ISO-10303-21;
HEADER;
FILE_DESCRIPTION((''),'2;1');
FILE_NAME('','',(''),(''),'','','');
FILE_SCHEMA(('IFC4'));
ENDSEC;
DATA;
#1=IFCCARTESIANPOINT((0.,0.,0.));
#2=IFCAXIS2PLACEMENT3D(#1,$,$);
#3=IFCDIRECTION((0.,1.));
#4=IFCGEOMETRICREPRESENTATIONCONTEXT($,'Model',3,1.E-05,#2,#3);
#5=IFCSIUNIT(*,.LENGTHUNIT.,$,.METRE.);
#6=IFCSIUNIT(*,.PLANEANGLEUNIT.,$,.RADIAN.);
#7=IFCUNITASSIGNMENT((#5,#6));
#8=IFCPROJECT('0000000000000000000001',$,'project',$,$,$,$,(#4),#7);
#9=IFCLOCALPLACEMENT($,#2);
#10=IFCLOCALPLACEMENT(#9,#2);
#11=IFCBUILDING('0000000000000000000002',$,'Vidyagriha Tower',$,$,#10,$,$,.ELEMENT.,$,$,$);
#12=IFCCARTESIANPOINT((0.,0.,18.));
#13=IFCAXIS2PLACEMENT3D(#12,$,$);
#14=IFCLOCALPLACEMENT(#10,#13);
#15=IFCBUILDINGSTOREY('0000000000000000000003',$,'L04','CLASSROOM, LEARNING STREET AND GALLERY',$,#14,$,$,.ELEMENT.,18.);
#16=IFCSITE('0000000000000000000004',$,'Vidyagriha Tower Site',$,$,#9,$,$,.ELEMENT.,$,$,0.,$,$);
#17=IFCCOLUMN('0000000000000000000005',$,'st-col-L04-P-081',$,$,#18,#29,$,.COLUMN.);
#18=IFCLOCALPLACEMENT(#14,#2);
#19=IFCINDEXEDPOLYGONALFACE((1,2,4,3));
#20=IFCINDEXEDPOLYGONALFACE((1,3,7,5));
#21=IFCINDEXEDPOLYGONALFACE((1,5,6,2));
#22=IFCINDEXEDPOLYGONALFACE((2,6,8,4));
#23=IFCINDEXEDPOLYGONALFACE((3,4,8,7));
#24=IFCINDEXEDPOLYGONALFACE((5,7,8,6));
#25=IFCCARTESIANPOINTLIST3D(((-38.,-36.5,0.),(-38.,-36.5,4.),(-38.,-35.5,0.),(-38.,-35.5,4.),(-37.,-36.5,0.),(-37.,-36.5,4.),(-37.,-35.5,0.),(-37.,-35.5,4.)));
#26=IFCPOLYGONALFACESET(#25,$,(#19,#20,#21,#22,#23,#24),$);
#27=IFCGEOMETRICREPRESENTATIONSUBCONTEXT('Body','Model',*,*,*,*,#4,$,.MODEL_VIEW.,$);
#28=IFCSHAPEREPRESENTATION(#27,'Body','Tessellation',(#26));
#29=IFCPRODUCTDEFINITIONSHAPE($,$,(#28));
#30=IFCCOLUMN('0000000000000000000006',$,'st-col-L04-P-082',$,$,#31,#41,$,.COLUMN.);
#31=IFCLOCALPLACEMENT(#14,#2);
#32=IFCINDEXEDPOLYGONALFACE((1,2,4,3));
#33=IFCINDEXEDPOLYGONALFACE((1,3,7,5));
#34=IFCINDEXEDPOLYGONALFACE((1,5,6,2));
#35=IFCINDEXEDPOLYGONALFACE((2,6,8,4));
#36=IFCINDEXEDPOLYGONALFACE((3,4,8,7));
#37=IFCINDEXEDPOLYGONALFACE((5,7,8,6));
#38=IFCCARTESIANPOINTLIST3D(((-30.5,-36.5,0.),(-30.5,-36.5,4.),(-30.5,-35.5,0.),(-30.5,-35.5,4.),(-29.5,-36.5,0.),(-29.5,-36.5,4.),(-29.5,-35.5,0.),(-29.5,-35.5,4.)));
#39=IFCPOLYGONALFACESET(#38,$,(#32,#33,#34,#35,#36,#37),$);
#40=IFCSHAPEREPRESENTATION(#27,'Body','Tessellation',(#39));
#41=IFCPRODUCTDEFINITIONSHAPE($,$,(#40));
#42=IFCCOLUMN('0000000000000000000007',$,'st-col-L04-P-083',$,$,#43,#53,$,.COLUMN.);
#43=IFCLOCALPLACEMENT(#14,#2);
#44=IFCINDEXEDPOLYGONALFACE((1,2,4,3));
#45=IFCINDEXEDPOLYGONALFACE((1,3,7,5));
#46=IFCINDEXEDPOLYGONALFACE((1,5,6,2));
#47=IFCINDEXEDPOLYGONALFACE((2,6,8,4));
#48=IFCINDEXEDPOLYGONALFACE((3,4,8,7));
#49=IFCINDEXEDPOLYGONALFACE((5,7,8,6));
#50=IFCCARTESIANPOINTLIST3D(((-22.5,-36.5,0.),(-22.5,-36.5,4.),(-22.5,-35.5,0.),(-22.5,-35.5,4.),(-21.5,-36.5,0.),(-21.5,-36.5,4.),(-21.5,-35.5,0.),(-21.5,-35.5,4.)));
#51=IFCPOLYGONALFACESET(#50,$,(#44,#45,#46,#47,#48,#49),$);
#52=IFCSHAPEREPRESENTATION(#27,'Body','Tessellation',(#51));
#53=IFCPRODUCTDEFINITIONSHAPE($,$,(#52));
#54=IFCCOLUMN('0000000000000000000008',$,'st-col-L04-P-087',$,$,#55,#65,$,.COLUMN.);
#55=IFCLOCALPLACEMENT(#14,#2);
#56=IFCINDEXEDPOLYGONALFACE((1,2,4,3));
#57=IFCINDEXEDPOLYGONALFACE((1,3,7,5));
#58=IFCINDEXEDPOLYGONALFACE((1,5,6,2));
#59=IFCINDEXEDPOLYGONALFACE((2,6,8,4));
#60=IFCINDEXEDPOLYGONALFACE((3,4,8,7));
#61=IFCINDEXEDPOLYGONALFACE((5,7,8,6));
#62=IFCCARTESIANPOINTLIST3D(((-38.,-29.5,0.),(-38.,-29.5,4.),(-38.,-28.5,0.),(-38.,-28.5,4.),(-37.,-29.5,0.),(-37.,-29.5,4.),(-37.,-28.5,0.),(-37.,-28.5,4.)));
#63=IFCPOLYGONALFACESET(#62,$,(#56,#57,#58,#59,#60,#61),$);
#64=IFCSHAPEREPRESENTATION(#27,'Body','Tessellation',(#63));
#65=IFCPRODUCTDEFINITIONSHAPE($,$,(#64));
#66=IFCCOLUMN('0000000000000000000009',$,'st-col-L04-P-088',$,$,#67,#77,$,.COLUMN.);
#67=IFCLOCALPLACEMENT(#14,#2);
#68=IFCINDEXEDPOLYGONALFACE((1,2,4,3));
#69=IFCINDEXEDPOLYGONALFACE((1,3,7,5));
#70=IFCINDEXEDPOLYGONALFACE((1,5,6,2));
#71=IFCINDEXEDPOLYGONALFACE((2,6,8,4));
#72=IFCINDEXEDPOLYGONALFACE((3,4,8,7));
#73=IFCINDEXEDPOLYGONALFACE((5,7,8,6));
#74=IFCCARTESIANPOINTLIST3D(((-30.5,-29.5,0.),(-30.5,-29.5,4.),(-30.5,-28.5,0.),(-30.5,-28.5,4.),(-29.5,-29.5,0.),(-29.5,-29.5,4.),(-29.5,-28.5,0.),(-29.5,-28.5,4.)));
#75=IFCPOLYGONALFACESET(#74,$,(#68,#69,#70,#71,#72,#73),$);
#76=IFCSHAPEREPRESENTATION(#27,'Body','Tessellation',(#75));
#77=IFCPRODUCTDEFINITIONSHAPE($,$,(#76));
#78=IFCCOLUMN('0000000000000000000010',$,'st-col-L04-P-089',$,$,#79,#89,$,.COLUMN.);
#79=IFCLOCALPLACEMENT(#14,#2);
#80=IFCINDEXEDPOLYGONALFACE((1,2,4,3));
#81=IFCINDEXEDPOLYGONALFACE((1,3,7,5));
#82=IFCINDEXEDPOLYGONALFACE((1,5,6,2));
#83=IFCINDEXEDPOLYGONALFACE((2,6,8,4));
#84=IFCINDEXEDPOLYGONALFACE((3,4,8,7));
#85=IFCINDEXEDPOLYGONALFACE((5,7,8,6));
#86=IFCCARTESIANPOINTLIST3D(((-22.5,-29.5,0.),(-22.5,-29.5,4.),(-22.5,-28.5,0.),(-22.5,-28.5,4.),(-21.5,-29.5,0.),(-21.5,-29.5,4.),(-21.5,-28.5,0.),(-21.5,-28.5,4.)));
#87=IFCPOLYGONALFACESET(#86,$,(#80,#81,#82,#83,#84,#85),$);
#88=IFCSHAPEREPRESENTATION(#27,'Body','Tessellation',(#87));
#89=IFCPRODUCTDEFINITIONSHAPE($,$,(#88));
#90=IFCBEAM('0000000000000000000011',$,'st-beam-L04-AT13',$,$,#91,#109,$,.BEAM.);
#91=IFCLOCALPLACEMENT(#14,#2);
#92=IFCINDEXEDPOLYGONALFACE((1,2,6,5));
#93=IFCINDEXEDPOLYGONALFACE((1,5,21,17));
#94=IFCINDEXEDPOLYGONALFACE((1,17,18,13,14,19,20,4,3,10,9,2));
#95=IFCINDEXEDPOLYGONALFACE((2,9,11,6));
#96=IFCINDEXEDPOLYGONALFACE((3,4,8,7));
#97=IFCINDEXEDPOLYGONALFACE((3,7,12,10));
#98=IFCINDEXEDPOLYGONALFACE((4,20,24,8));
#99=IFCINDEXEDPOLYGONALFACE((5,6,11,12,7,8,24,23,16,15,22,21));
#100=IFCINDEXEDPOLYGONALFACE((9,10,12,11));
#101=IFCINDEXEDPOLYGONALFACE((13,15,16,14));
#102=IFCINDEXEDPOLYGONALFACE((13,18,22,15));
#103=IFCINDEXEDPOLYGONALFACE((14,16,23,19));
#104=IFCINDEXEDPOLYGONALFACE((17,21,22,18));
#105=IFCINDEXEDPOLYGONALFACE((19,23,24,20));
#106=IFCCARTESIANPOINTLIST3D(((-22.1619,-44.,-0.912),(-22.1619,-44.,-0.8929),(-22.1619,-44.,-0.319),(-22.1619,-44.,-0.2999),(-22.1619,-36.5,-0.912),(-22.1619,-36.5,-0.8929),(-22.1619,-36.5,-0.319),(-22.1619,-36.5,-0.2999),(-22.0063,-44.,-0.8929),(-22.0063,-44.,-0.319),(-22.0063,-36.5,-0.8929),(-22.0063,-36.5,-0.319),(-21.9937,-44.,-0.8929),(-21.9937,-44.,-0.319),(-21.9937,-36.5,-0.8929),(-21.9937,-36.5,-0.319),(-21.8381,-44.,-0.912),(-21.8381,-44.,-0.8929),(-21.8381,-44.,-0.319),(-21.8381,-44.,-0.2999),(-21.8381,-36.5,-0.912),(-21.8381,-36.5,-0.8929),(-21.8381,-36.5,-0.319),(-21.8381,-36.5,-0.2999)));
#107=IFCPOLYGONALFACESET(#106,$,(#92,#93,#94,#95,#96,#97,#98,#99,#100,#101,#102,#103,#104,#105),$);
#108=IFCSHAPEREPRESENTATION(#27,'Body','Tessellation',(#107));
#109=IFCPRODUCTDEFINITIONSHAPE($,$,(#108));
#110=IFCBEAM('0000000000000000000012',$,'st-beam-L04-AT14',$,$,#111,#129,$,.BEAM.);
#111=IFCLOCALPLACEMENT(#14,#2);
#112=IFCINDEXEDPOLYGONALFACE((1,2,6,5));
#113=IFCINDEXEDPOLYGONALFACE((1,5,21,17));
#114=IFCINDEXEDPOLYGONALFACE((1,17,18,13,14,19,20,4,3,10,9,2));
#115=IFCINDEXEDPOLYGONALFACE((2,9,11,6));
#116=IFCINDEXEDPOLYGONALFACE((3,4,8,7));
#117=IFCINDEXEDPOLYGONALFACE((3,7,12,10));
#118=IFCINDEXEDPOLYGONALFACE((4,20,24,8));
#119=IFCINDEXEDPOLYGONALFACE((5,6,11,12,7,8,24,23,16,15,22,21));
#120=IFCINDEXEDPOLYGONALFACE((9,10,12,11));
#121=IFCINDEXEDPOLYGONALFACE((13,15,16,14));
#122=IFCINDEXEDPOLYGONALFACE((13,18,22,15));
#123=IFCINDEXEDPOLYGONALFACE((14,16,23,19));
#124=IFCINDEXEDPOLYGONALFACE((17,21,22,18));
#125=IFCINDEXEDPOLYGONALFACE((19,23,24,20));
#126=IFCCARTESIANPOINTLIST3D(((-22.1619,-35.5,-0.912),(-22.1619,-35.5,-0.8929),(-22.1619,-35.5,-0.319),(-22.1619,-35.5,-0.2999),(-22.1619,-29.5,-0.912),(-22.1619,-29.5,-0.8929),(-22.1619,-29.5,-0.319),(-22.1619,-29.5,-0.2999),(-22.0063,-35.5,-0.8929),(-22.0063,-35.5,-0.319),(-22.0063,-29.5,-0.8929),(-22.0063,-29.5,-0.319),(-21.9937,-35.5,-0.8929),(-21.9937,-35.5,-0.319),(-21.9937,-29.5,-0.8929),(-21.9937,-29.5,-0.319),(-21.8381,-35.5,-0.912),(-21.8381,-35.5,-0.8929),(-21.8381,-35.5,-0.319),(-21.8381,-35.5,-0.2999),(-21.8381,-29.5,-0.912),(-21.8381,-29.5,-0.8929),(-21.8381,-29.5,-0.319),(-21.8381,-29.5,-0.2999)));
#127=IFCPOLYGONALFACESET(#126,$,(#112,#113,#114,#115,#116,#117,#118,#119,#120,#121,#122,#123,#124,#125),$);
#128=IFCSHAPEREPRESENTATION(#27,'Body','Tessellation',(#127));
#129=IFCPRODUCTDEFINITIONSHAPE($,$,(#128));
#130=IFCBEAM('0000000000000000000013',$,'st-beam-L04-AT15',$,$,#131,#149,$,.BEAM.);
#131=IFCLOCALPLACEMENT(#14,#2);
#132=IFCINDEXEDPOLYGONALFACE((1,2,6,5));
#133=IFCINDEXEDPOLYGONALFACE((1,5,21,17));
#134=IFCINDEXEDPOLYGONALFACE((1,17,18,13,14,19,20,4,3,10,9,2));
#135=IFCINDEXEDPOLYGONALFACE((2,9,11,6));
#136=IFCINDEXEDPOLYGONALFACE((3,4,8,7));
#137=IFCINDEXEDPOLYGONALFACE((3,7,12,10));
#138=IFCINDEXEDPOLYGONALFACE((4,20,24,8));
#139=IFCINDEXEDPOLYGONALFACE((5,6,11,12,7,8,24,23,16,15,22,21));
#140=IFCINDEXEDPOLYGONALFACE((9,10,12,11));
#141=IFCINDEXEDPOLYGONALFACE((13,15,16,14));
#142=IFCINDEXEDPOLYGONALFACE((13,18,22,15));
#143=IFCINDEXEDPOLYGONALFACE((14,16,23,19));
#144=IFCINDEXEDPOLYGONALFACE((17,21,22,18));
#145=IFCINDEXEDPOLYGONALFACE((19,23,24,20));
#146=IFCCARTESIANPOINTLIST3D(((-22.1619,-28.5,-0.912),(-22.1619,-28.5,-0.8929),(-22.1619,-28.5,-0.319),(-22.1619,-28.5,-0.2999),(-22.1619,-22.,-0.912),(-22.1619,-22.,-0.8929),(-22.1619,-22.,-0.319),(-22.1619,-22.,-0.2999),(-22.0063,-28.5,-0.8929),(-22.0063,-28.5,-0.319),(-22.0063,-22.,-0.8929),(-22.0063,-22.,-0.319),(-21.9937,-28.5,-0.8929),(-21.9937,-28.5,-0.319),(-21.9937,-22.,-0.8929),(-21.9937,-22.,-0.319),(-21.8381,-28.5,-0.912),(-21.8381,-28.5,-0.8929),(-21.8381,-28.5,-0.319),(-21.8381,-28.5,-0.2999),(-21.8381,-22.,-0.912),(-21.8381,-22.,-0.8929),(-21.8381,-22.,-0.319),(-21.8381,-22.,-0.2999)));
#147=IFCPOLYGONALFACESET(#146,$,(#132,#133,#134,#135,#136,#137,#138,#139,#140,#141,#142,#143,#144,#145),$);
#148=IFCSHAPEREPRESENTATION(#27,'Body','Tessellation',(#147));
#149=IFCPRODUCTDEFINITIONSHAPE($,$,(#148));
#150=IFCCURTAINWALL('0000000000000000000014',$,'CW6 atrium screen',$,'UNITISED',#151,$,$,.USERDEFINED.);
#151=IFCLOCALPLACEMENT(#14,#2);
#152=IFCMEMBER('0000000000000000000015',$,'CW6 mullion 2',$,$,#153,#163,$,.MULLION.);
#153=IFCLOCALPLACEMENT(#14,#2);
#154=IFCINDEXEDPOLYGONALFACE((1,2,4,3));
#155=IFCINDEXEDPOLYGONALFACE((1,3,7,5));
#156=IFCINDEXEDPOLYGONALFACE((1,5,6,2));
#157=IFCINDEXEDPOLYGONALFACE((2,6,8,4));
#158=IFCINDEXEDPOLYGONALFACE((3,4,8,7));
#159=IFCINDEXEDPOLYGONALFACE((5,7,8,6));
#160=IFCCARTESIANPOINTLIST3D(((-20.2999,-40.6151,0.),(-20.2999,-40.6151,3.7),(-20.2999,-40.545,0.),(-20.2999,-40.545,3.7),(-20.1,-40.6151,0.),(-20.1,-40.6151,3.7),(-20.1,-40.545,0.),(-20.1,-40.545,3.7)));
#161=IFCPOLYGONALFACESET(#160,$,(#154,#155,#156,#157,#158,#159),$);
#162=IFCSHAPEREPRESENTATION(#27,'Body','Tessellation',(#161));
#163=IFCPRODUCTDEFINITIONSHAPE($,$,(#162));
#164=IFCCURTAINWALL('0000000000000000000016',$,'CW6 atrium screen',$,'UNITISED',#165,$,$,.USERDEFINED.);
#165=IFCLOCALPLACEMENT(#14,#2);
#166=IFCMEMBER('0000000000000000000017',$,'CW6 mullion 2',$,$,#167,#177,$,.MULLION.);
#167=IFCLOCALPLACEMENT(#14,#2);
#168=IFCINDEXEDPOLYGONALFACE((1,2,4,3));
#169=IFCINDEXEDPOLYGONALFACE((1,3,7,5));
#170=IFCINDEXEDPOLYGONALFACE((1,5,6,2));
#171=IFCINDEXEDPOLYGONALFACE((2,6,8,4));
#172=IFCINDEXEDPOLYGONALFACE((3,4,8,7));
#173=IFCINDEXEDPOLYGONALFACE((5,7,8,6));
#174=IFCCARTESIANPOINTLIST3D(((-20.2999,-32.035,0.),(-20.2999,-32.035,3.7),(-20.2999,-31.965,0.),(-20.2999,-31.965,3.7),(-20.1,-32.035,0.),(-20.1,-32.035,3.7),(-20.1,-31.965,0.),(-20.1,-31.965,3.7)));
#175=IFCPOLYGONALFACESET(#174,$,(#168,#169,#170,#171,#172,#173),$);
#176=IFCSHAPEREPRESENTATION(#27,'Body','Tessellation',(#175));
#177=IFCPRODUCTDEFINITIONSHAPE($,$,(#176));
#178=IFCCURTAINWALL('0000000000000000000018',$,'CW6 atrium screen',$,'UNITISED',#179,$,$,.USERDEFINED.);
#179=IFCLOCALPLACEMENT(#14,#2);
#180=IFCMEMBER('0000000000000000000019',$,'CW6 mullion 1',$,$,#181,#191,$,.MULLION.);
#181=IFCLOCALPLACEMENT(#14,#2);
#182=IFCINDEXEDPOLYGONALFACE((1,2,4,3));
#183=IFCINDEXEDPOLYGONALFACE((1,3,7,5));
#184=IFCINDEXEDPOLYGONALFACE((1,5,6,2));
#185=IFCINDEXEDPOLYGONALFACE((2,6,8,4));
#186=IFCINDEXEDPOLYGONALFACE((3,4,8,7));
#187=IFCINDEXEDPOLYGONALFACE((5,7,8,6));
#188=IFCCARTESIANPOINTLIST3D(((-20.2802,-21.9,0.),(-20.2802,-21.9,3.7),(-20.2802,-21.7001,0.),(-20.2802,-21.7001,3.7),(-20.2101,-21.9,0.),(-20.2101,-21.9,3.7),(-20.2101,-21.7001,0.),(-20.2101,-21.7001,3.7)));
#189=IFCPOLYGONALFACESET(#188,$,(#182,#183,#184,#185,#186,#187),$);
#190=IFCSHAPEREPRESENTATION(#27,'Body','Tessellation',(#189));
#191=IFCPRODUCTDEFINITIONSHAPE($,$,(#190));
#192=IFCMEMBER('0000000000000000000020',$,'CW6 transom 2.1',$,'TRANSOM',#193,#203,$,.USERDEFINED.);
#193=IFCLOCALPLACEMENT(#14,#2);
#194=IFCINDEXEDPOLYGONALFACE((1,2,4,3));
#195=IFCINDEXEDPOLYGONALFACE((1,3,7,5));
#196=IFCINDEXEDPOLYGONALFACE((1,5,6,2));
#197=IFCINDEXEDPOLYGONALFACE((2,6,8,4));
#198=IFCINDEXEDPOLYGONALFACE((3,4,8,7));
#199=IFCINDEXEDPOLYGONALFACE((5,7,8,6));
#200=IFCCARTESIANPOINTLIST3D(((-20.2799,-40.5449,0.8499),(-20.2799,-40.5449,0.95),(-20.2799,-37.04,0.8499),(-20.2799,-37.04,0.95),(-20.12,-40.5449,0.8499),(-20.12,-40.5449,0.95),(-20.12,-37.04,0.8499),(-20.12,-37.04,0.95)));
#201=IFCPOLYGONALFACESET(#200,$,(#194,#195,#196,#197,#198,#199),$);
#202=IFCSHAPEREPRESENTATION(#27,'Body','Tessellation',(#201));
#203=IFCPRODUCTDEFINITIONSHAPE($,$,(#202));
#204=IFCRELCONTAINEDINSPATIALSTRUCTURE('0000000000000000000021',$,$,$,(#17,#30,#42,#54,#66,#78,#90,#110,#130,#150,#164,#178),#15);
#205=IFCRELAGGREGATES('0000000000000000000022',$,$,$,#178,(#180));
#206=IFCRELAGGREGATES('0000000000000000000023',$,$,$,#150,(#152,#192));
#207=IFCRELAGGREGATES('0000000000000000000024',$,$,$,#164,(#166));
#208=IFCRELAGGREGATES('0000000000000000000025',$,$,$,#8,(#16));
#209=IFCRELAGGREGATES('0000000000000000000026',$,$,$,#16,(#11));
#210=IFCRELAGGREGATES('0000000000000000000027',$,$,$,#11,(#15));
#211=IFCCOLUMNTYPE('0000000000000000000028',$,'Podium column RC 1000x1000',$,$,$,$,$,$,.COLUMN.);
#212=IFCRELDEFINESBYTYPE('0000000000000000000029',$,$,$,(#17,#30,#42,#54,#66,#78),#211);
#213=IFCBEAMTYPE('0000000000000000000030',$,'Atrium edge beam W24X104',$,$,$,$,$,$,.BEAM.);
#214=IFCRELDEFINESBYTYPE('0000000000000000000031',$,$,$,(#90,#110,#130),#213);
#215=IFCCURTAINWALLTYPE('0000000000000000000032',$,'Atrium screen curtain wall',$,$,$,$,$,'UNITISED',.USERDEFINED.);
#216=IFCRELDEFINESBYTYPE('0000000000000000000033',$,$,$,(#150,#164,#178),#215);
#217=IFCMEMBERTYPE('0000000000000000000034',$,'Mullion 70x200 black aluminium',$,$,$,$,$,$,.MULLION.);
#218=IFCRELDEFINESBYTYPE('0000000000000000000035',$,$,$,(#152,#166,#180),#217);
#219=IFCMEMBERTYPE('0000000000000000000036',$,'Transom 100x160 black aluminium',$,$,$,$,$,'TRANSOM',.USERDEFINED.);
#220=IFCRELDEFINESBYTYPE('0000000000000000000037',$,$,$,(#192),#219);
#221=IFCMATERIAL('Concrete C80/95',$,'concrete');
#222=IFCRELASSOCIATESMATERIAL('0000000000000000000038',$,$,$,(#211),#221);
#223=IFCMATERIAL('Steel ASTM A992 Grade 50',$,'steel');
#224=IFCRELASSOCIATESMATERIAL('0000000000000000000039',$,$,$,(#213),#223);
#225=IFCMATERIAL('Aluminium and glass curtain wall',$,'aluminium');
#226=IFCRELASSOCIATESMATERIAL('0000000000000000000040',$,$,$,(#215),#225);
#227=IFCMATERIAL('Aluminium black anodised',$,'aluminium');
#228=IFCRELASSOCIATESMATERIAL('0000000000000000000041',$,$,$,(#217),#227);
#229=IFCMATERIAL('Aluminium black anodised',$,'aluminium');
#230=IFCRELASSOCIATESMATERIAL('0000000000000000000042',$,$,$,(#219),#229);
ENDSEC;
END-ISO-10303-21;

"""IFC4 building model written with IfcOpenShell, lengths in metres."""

from ifc_helpers import new_model, si_unit, direction, frame, origin, origin_2d, place, context, subcontext, project, spatial, rectangle, i_section, extrude, material, material_profile, profile_set, type_object, element, aggregate, save


model = new_model("IFC4")

# Units and contexts
model_context = context("Model", 3, precision=1e-05, world=origin(), true_north=direction((0.0, 1.0)))
body_context = subcontext(model_context, "Body", "Model", "MODEL_VIEW")
ifc_project = project(units=[si_unit("LENGTHUNIT", "METRE"), si_unit("PLANEANGLEUNIT", "RADIAN")], contexts=[model_context])

# Site, building, storey
site_placement = place(None, origin())
site = spatial("IfcSite", under=ifc_project, at=site_placement, Name="Vidyagriha Tower Site", CompositionType="ELEMENT", RefElevation=0.0)
building_placement = place(site_placement, origin())
building = spatial("IfcBuilding", under=site, at=building_placement, Name="Vidyagriha Tower", CompositionType="ELEMENT")
storey_placement = place(building_placement, frame((0.0, 0.0, 18.0)))
storey = spatial("IfcBuildingStorey", under=building, at=storey_placement, Name="L04", Description="CLASSROOM, LEARNING STREET AND GALLERY", CompositionType="ELEMENT", Elevation=18.0)

# Columns
ifc_material_1 = material(Name="Concrete C80/95", Category="concrete")
ifc_material_profile_1 = material_profile(ifc_material_1, rectangle(XDim=1.0, YDim=1.0, at=origin_2d()), Name="RC 1000x1000")
ifc_profile_set_1 = profile_set([ifc_material_profile_1], Name="Concrete C80/95")
column_type = type_object("IfcColumnType", Name="Podium column RC 1000x1000", PredefinedType="COLUMN", material=ifc_profile_set_1)
for number, where, name in (
    (1, (-37.5, -36.0, 0.0), "st-col-L04-P-081"),
    (2, (-30.0, -36.0, 0.0), "st-col-L04-P-082"),
    (3, (-22.0, -36.0, 0.0), "st-col-L04-P-083"),
    (4, (-37.5, -29.0, 0.0), "st-col-L04-P-087"),
    (5, (-30.0, -29.0, 0.0), "st-col-L04-P-088"),
    (6, (-22.0, -29.0, 0.0), "st-col-L04-P-089"),
):
    element("IfcColumn", number, at=place(storey_placement, frame(where)), inside=storey, type_object=column_type, Name=name, PredefinedType="COLUMN", context=body_context, shape_type="SweptSolid", body=[
        extrude(rectangle(XDim=1.0, YDim=1.0, at=origin_2d()), origin(), (0.0, 0.0, 1.0), 4.0),
    ])

# Beams
ifc_material_2 = material(Name="Steel ASTM A992 Grade 50", Category="steel")
ifc_material_profile_2 = material_profile(ifc_material_2, i_section(OverallWidth=0.3237, OverallDepth=0.6121, WebThickness=0.0127, FlangeThickness=0.019, at=origin_2d()), Name="W24X104")
ifc_profile_set_2 = profile_set([ifc_material_profile_2], Name="Steel ASTM A992 Grade 50")
beam_type = type_object("IfcBeamType", Name="Atrium edge beam W24X104", PredefinedType="BEAM", material=ifc_profile_set_2)
beam_1_placement = place(storey_placement, frame((-22.0, -44.0, -0.606), z_axis=(0.0, 1.0, 0.0), x_axis=(-1.0, 0.0, 0.0)))
element("IfcBeam", 7, at=beam_1_placement, inside=storey, type_object=beam_type, Name="st-beam-L04-AT13", PredefinedType="BEAM", context=body_context, shape_type="SweptSolid", body=[
    extrude(i_section(OverallWidth=0.3237, OverallDepth=0.6121, WebThickness=0.0127, FlangeThickness=0.019, at=origin_2d()), origin(), (0.0, 0.0, 1.0), 7.5),
])
beam_2_placement = place(storey_placement, frame((-22.0, -35.5, -0.606), z_axis=(0.0, 1.0, 0.0), x_axis=(-1.0, 0.0, 0.0)))
element("IfcBeam", 8, at=beam_2_placement, inside=storey, type_object=beam_type, Name="st-beam-L04-AT14", PredefinedType="BEAM", context=body_context, shape_type="SweptSolid", body=[
    extrude(i_section(OverallWidth=0.3237, OverallDepth=0.6121, WebThickness=0.0127, FlangeThickness=0.019, at=origin_2d()), origin(), (0.0, 0.0, 1.0), 6.0),
])
beam_3_placement = place(storey_placement, frame((-22.0, -28.5, -0.606), z_axis=(0.0, 1.0, 0.0), x_axis=(-1.0, 0.0, 0.0)))
element("IfcBeam", 9, at=beam_3_placement, inside=storey, type_object=beam_type, Name="st-beam-L04-AT15", PredefinedType="BEAM", context=body_context, shape_type="SweptSolid", body=[
    extrude(i_section(OverallWidth=0.3237, OverallDepth=0.6121, WebThickness=0.0127, FlangeThickness=0.019, at=origin_2d()), origin(), (0.0, 0.0, 1.0), 6.5),
])

# Curtain walls, members
ifc_material_3 = material(Name="Aluminium and glass curtain wall", Category="aluminium")
curtain_wall_type = type_object("IfcCurtainWallType", Name="Atrium screen curtain wall", ElementType="UNITISED", PredefinedType="USERDEFINED", material=ifc_material_3)
curtain_wall_1_placement = place(storey_placement, origin())
curtain_wall_1 = element("IfcCurtainWall", 10, at=curtain_wall_1_placement, inside=storey, type_object=curtain_wall_type, Name="CW6 atrium screen", ObjectType="UNITISED", PredefinedType="USERDEFINED")
ifc_material_4 = material(Name="Aluminium black anodised", Category="aluminium")
ifc_material_profile_3 = material_profile(ifc_material_4, rectangle(XDim=0.2, YDim=0.0701, at=origin_2d()), Name="Mullion 70x200 black aluminium")
ifc_profile_set_3 = profile_set([ifc_material_profile_3], Name="Aluminium black anodised")
member_type_1 = type_object("IfcMemberType", Name="Mullion 70x200 black aluminium", PredefinedType="MULLION", material=ifc_profile_set_3)
member_1_placement = place(storey_placement, frame((-20.2, -40.5801, 0.0), z_axis=(0.0, 0.0, 1.0), x_axis=(-1.0, 0.0, 0.0)))
member_1 = element("IfcMember", 11, at=member_1_placement, type_object=member_type_1, Name="CW6 mullion 2", PredefinedType="MULLION", context=body_context, shape_type="SweptSolid", body=[
    extrude(rectangle(XDim=0.2, YDim=0.0701, at=origin_2d()), origin(), (0.0, 0.0, 1.0), 3.7),
])
curtain_wall_2_placement = place(storey_placement, origin())
curtain_wall_2 = element("IfcCurtainWall", 12, at=curtain_wall_2_placement, inside=storey, type_object=curtain_wall_type, Name="CW6 atrium screen", ObjectType="UNITISED", PredefinedType="USERDEFINED")
member_2_placement = place(storey_placement, frame((-20.2, -32.0, 0.0), z_axis=(0.0, 0.0, 1.0), x_axis=(-1.0, 0.0, 0.0)))
member_2 = element("IfcMember", 13, at=member_2_placement, type_object=member_type_1, Name="CW6 mullion 2", PredefinedType="MULLION", context=body_context, shape_type="SweptSolid", body=[
    extrude(rectangle(XDim=0.2, YDim=0.0701, at=origin_2d()), origin(), (0.0, 0.0, 1.0), 3.7),
])
curtain_wall_3_placement = place(storey_placement, origin())
curtain_wall_3 = element("IfcCurtainWall", 14, at=curtain_wall_3_placement, inside=storey, type_object=curtain_wall_type, Name="CW6 atrium screen", ObjectType="UNITISED", PredefinedType="USERDEFINED")
member_3_placement = place(storey_placement, frame((-20.2451, -21.8, 0.0), z_axis=(0.0, 0.0, 1.0), x_axis=(0.0, 1.0, 0.0)))
member_3 = element("IfcMember", 15, at=member_3_placement, type_object=member_type_1, Name="CW6 mullion 1", PredefinedType="MULLION", context=body_context, shape_type="SweptSolid", body=[
    extrude(rectangle(XDim=0.2, YDim=0.0701, at=origin_2d()), origin(), (0.0, 0.0, 1.0), 3.7),
])

# Member
ifc_material_5 = material(Name="Aluminium black anodised", Category="aluminium")
ifc_material_profile_4 = material_profile(ifc_material_5, rectangle(XDim=0.1599, YDim=0.1001, at=origin_2d()), Name="Transom 100x160 black aluminium")
ifc_profile_set_4 = profile_set([ifc_material_profile_4], Name="Aluminium black anodised")
member_type_2 = type_object("IfcMemberType", Name="Transom 100x160 black aluminium", ElementType="TRANSOM", PredefinedType="USERDEFINED", material=ifc_profile_set_4)
member_4_placement = place(storey_placement, frame((-20.2, -40.5449, 0.8999), z_axis=(0.0, 1.0, 0.0), x_axis=(-1.0, 0.0, 0.0)))
member_4 = element("IfcMember", 16, at=member_4_placement, type_object=member_type_2, Name="CW6 transom 2.1", ObjectType="TRANSOM", PredefinedType="USERDEFINED", context=body_context, shape_type="SweptSolid", body=[
    extrude(rectangle(XDim=0.1599, YDim=0.1001, at=origin_2d()), origin(), (0.0, 0.0, 1.0), 3.5049),
])
aggregate(curtain_wall_3, [member_3])

aggregate(curtain_wall_1, [member_1, member_4])
aggregate(curtain_wall_2, [member_2])

save(model, "model.ifc")
